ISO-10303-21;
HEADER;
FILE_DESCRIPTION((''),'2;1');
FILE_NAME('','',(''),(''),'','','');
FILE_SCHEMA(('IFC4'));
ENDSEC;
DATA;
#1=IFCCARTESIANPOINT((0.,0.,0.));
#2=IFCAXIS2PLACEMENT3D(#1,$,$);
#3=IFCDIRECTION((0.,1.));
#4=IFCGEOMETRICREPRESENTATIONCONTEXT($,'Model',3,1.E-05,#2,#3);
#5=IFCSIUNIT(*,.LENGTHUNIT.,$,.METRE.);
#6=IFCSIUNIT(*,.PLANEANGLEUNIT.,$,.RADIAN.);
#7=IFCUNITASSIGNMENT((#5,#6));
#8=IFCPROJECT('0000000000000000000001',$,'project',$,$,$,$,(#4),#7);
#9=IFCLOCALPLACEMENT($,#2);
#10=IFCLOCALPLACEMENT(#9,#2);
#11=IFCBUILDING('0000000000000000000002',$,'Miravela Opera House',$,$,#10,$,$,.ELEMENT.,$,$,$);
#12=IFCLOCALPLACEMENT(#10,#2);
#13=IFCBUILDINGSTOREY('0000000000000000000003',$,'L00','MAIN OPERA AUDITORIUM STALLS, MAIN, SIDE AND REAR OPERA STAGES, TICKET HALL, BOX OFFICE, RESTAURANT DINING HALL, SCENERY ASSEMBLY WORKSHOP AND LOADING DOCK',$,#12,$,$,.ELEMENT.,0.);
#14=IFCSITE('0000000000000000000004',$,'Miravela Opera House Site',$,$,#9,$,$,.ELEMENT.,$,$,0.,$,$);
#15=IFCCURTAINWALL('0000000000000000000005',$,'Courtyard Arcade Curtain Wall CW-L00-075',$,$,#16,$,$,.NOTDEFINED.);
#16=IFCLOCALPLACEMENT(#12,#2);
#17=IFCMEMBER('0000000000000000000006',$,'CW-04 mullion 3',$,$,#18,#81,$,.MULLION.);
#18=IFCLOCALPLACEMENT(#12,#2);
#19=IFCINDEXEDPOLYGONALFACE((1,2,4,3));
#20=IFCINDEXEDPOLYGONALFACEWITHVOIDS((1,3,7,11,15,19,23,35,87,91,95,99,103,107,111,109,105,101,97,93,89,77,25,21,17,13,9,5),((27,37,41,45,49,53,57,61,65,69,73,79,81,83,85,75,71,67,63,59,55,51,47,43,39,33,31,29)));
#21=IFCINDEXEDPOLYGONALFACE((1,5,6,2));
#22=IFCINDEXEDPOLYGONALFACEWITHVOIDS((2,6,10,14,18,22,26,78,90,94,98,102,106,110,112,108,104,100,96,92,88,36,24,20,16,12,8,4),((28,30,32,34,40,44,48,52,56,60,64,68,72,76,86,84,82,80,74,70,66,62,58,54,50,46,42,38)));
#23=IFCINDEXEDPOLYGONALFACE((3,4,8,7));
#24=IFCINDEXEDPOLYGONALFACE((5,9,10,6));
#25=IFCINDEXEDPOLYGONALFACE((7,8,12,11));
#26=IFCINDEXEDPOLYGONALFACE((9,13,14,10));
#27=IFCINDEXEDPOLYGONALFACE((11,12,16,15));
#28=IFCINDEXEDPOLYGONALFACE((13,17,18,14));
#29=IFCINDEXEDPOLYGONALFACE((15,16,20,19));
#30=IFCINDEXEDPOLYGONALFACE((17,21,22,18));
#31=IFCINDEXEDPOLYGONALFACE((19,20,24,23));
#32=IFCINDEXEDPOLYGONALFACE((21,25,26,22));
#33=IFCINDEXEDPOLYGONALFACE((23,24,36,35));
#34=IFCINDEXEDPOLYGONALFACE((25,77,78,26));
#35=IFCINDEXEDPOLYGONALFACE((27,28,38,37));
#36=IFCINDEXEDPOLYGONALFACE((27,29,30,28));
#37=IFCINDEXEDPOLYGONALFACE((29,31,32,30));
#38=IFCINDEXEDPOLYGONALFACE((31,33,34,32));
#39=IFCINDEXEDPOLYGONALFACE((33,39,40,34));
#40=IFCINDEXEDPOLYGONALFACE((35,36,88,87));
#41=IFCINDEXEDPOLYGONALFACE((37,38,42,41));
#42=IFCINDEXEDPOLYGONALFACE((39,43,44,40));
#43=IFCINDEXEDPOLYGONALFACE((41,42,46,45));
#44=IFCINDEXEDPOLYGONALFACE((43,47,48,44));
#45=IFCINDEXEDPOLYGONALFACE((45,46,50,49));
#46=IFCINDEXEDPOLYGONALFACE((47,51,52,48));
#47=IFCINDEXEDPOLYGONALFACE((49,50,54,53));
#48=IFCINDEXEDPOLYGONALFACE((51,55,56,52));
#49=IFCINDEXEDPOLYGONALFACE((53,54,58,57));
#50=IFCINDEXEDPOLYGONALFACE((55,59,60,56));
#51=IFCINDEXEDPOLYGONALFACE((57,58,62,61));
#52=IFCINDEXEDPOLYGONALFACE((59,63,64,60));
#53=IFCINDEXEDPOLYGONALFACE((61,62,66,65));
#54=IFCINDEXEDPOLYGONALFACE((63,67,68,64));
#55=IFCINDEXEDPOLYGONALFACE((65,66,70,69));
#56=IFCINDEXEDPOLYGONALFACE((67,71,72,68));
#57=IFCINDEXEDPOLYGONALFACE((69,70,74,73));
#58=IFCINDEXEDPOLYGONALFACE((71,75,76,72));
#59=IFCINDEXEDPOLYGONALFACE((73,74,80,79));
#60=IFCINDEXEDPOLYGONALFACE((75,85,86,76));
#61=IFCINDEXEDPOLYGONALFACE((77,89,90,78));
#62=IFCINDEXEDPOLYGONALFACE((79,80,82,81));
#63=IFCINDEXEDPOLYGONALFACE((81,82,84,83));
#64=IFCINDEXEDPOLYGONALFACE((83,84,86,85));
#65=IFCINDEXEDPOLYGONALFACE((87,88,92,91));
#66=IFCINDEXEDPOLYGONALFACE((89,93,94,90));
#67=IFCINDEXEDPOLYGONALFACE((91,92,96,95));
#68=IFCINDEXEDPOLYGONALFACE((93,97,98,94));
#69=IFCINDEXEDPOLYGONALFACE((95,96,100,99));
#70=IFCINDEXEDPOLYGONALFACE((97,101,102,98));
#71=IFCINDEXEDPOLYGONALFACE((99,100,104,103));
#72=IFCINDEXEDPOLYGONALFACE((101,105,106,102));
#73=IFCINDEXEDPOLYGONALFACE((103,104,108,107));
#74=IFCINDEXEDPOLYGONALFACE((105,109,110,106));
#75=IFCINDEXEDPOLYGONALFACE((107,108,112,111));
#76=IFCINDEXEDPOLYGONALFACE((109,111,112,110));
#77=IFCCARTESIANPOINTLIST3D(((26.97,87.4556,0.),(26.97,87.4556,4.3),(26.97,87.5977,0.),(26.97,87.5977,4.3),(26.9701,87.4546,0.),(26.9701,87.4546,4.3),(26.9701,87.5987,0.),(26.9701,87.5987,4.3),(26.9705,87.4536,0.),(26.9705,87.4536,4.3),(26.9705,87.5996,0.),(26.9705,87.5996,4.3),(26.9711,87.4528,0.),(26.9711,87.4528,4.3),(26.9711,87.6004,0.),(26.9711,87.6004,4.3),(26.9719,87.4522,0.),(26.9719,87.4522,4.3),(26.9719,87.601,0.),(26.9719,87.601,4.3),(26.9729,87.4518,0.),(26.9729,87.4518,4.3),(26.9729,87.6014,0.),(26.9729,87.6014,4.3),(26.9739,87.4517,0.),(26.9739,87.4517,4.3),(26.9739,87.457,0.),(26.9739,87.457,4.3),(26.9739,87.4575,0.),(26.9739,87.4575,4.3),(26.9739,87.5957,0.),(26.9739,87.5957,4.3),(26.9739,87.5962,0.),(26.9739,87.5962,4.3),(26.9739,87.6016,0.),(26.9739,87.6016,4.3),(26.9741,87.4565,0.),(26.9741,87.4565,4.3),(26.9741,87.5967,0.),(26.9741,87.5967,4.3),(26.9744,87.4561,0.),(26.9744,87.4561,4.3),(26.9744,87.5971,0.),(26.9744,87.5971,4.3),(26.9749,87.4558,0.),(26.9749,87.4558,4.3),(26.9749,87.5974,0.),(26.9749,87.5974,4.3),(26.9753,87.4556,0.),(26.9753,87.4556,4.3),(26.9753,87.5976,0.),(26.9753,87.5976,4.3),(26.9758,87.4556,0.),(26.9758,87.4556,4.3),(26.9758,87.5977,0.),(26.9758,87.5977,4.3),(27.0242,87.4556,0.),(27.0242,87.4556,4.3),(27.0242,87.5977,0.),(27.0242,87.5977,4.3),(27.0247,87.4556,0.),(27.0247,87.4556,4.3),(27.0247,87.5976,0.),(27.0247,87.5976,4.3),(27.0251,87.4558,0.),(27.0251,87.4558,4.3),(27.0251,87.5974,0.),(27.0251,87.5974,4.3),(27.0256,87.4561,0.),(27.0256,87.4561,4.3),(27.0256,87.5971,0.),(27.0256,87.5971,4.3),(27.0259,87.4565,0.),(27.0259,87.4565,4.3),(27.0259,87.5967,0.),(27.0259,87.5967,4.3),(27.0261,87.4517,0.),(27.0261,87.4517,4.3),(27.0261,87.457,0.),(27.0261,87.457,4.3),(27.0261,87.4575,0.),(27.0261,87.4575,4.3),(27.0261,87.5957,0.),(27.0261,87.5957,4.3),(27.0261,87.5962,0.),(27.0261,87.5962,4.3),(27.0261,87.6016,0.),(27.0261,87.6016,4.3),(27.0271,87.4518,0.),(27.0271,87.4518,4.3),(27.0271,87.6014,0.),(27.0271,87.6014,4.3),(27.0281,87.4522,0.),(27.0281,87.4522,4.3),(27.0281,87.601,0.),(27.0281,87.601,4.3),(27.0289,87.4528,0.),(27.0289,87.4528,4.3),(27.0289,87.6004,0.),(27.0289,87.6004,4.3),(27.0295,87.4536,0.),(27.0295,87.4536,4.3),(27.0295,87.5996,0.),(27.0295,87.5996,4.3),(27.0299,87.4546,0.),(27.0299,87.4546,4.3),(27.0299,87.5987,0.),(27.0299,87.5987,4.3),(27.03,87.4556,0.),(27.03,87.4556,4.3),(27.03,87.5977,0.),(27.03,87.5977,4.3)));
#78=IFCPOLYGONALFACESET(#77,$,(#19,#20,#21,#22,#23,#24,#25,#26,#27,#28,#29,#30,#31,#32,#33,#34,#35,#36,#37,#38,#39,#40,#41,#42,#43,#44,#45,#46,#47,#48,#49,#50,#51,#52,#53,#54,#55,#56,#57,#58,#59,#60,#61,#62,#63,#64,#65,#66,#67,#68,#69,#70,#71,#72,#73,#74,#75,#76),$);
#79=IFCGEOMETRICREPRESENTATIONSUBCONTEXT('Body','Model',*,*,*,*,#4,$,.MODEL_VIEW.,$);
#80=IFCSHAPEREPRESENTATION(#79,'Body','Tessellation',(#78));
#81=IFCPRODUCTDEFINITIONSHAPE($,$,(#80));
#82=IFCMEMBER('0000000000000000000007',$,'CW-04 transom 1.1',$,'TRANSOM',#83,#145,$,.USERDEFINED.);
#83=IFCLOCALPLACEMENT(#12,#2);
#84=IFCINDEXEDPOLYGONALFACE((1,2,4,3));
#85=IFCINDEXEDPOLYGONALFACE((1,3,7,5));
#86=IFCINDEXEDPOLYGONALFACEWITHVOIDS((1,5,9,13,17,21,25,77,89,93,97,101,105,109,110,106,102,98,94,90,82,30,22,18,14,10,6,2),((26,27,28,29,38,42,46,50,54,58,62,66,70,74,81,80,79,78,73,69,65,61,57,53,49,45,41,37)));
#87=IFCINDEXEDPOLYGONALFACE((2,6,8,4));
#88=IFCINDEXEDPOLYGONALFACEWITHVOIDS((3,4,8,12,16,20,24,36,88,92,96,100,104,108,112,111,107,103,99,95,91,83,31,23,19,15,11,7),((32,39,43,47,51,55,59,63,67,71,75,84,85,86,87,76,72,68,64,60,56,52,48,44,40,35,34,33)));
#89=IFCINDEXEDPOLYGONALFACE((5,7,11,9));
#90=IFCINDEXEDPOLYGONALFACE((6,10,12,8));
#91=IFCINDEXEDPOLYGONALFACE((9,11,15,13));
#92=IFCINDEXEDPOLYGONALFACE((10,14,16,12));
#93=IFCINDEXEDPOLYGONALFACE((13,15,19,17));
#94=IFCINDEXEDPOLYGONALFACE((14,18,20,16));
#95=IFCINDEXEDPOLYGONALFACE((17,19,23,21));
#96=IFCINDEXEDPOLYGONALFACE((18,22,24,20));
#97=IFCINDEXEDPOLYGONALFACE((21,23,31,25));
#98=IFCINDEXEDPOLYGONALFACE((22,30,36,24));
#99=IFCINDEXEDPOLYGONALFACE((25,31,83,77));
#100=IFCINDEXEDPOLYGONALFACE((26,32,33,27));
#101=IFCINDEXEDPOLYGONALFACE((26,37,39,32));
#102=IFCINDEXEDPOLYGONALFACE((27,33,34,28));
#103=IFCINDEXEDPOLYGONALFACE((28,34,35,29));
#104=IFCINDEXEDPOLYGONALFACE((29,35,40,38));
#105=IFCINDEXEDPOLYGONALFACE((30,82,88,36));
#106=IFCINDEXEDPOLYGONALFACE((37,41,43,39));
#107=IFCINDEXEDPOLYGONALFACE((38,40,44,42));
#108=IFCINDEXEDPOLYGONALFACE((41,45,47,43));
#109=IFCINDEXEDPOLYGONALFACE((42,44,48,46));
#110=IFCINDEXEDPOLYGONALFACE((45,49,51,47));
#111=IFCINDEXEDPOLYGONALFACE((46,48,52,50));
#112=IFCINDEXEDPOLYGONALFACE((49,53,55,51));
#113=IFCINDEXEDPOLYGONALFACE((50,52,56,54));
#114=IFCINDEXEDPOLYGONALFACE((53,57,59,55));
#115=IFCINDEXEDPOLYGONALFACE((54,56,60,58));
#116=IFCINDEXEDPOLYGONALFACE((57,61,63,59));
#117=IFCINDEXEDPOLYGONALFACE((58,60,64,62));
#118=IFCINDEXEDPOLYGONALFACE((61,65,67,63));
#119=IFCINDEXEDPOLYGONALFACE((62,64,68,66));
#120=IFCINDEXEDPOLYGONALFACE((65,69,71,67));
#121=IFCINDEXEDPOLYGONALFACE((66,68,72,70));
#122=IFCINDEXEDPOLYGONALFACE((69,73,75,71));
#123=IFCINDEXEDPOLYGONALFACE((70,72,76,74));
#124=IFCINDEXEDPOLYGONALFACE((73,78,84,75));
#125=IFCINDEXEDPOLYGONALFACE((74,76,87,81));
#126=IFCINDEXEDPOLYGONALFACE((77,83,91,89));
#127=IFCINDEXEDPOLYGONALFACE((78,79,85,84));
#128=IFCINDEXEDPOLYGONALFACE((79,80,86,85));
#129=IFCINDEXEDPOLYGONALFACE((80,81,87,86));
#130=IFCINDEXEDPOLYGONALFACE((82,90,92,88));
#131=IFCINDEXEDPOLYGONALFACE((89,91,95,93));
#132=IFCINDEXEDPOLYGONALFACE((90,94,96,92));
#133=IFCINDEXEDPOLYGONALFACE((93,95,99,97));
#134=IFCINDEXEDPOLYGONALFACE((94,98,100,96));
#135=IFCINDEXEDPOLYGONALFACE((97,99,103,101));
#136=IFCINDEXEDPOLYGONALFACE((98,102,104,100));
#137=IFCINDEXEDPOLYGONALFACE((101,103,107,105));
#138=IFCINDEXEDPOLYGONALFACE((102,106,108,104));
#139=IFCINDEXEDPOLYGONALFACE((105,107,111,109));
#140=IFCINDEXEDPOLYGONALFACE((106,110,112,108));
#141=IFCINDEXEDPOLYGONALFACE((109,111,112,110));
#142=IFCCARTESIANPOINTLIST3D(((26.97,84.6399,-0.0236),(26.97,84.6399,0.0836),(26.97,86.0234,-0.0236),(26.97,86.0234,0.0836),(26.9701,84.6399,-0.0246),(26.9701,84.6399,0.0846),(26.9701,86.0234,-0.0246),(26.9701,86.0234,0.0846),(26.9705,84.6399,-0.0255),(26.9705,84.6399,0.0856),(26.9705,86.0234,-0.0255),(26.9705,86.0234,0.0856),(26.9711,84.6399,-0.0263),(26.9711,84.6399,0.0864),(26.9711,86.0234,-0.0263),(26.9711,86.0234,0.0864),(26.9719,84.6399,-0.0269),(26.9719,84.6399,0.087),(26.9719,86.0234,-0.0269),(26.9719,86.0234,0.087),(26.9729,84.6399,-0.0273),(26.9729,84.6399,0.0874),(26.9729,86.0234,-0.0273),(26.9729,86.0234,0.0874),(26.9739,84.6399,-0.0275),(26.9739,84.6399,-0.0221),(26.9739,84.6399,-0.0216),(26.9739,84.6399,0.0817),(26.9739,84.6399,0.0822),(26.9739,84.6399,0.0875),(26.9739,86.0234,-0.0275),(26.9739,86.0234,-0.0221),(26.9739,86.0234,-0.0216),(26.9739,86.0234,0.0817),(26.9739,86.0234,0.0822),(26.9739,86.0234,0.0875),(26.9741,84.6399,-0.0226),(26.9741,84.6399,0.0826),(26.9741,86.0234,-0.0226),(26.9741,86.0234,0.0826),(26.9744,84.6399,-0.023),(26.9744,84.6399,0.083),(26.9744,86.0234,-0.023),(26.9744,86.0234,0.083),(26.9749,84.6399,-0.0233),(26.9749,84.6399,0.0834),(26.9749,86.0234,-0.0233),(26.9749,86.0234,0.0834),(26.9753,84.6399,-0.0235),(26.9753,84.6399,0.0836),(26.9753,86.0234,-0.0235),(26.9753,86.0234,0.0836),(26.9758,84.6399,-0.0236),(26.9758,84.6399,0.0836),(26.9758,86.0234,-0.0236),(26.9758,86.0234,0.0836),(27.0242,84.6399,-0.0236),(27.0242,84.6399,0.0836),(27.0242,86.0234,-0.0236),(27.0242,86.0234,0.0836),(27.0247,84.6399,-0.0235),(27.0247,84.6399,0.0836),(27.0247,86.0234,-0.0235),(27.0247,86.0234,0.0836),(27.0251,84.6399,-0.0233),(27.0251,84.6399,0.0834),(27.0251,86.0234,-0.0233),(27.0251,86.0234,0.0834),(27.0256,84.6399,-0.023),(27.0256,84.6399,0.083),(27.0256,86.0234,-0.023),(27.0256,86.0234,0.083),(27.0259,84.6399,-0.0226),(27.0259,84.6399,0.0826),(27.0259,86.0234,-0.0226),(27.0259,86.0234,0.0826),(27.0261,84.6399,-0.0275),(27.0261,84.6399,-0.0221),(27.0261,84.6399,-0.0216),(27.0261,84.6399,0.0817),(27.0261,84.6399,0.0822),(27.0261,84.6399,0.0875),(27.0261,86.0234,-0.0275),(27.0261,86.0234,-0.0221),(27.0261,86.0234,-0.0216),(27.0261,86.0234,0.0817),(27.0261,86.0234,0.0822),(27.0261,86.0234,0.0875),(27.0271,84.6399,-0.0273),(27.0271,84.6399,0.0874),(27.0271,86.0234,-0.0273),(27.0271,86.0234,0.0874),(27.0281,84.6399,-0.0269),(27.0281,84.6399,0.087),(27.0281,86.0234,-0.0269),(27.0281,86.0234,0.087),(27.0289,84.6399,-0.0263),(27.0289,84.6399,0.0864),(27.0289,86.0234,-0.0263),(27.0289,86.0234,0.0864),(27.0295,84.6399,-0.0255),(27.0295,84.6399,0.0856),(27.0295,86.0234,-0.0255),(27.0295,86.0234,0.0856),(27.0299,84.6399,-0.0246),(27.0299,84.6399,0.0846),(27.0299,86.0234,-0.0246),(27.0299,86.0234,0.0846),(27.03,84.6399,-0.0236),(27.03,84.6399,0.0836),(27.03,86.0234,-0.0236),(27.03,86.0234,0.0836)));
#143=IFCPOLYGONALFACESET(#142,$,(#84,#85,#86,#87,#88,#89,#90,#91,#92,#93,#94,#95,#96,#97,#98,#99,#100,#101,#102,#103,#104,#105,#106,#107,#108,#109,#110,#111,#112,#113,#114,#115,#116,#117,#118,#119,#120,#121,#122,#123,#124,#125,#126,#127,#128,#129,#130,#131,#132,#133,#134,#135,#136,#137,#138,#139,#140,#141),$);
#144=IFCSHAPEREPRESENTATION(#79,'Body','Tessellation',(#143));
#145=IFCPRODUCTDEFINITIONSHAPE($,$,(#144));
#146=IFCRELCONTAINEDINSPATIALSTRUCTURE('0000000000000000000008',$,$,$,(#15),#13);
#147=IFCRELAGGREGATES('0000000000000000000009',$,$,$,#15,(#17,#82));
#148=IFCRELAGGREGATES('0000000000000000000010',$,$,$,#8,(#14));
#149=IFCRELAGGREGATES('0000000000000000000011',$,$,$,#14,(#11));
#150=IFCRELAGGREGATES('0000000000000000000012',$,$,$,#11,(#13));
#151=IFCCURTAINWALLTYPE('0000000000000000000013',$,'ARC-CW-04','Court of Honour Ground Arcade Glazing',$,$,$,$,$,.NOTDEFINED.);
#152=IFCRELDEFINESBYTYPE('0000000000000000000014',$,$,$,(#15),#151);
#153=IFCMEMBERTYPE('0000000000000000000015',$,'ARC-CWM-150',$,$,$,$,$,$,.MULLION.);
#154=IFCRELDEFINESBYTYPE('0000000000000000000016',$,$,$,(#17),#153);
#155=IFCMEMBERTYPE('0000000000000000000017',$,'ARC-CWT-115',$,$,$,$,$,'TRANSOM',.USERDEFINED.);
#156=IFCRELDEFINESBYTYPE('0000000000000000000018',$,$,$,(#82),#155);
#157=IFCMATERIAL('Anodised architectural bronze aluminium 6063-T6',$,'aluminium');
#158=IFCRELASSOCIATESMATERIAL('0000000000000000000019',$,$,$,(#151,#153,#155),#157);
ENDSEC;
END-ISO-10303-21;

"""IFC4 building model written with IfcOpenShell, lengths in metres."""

from ifc_helpers import new_model, si_unit, direction, frame, origin, origin_2d, place, context, subcontext, project, spatial, hollow_rectangle, extrude, material, material_profile, profile_set, type_object, element, aggregate, save


model = new_model("IFC4")

# Units and contexts
model_context = context("Model", 3, precision=1e-05, world=origin(), true_north=direction((0.0, 1.0)))
body_context = subcontext(model_context, "Body", "Model", "MODEL_VIEW")
ifc_project = project(units=[si_unit("LENGTHUNIT", "METRE"), si_unit("PLANEANGLEUNIT", "RADIAN")], contexts=[model_context])

# Site, building, storey
site_placement = place(None, origin())
site = spatial("IfcSite", under=ifc_project, at=site_placement, Name="Miravela Opera House Site", CompositionType="ELEMENT", RefElevation=0.0)
building_placement = place(site_placement, origin())
building = spatial("IfcBuilding", under=site, at=building_placement, Name="Miravela Opera House", CompositionType="ELEMENT")
storey_placement = place(building_placement, origin())
storey = spatial("IfcBuildingStorey", under=building, at=storey_placement, Name="L00", Description="MAIN OPERA AUDITORIUM STALLS, MAIN, SIDE AND REAR OPERA STAGES, TICKET HALL, BOX OFFICE, RESTAURANT DINING HALL, SCENERY ASSEMBLY WORKSHOP AND LOADING DOCK", CompositionType="ELEMENT", Elevation=0.0)

# Curtain wall, members
ifc_material_1 = material(Name="Anodised architectural bronze aluminium 6063-T6", Category="aluminium")
curtain_wall_type = type_object("IfcCurtainWallType", Name="ARC-CW-04", Description="Court of Honour Ground Arcade Glazing", PredefinedType="NOTDEFINED", material=ifc_material_1)
curtain_wall_placement = place(storey_placement, origin())
curtain_wall = element("IfcCurtainWall", 1, at=curtain_wall_placement, inside=storey, type_object=curtain_wall_type, Name="Courtyard Arcade Curtain Wall CW-L00-075", PredefinedType="NOTDEFINED")
ifc_material_profile_1 = material_profile(ifc_material_1, hollow_rectangle(XDim=0.0601, YDim=0.1499, WallThickness=0.0039, InnerFilletRadius=0.002, OuterFilletRadius=0.0039, at=origin_2d()), Name="CWM-60X150")
ifc_profile_set_1 = profile_set([ifc_material_profile_1])
member_type_1 = type_object("IfcMemberType", Name="ARC-CWM-150", PredefinedType="MULLION", material=ifc_profile_set_1)
member_1_placement = place(storey_placement, frame((27.0, 87.5266, 0.0), z_axis=(0.0, 0.0, 1.0), x_axis=(-1.0, 0.0, 0.0)))
member_1 = element("IfcMember", 2, at=member_1_placement, type_object=member_type_1, Name="CW-04 mullion 3", PredefinedType="MULLION", context=body_context, shape_type="SweptSolid", body=[
    extrude(hollow_rectangle(XDim=0.0601, YDim=0.1499, WallThickness=0.0039, InnerFilletRadius=0.002, OuterFilletRadius=0.0039, at=origin_2d()), origin(), (0.0, 0.0, 1.0), 4.3),
])
ifc_material_profile_2 = material_profile(ifc_material_1, hollow_rectangle(XDim=0.0601, YDim=0.115, WallThickness=0.0039, InnerFilletRadius=0.002, OuterFilletRadius=0.0039, at=origin_2d()), Name="CWT-60X115")
ifc_profile_set_2 = profile_set([ifc_material_profile_2])
member_type_2 = type_object("IfcMemberType", Name="ARC-CWT-115", ElementType="TRANSOM", PredefinedType="USERDEFINED", material=ifc_profile_set_2)
member_2_placement = place(storey_placement, frame((27.0, 84.6399, 0.03), z_axis=(0.0, 1.0, 0.0), x_axis=(-1.0, 0.0, 0.0)))
member_2 = element("IfcMember", 3, at=member_2_placement, type_object=member_type_2, Name="CW-04 transom 1.1", ObjectType="TRANSOM", PredefinedType="USERDEFINED", context=body_context, shape_type="SweptSolid", body=[
    extrude(hollow_rectangle(XDim=0.0601, YDim=0.115, WallThickness=0.0039, InnerFilletRadius=0.002, OuterFilletRadius=0.0039, at=origin_2d()), origin(), (0.0, 0.0, 1.0), 1.3835),
])

aggregate(curtain_wall, [member_1, member_2])

save(model, "model.ifc")
